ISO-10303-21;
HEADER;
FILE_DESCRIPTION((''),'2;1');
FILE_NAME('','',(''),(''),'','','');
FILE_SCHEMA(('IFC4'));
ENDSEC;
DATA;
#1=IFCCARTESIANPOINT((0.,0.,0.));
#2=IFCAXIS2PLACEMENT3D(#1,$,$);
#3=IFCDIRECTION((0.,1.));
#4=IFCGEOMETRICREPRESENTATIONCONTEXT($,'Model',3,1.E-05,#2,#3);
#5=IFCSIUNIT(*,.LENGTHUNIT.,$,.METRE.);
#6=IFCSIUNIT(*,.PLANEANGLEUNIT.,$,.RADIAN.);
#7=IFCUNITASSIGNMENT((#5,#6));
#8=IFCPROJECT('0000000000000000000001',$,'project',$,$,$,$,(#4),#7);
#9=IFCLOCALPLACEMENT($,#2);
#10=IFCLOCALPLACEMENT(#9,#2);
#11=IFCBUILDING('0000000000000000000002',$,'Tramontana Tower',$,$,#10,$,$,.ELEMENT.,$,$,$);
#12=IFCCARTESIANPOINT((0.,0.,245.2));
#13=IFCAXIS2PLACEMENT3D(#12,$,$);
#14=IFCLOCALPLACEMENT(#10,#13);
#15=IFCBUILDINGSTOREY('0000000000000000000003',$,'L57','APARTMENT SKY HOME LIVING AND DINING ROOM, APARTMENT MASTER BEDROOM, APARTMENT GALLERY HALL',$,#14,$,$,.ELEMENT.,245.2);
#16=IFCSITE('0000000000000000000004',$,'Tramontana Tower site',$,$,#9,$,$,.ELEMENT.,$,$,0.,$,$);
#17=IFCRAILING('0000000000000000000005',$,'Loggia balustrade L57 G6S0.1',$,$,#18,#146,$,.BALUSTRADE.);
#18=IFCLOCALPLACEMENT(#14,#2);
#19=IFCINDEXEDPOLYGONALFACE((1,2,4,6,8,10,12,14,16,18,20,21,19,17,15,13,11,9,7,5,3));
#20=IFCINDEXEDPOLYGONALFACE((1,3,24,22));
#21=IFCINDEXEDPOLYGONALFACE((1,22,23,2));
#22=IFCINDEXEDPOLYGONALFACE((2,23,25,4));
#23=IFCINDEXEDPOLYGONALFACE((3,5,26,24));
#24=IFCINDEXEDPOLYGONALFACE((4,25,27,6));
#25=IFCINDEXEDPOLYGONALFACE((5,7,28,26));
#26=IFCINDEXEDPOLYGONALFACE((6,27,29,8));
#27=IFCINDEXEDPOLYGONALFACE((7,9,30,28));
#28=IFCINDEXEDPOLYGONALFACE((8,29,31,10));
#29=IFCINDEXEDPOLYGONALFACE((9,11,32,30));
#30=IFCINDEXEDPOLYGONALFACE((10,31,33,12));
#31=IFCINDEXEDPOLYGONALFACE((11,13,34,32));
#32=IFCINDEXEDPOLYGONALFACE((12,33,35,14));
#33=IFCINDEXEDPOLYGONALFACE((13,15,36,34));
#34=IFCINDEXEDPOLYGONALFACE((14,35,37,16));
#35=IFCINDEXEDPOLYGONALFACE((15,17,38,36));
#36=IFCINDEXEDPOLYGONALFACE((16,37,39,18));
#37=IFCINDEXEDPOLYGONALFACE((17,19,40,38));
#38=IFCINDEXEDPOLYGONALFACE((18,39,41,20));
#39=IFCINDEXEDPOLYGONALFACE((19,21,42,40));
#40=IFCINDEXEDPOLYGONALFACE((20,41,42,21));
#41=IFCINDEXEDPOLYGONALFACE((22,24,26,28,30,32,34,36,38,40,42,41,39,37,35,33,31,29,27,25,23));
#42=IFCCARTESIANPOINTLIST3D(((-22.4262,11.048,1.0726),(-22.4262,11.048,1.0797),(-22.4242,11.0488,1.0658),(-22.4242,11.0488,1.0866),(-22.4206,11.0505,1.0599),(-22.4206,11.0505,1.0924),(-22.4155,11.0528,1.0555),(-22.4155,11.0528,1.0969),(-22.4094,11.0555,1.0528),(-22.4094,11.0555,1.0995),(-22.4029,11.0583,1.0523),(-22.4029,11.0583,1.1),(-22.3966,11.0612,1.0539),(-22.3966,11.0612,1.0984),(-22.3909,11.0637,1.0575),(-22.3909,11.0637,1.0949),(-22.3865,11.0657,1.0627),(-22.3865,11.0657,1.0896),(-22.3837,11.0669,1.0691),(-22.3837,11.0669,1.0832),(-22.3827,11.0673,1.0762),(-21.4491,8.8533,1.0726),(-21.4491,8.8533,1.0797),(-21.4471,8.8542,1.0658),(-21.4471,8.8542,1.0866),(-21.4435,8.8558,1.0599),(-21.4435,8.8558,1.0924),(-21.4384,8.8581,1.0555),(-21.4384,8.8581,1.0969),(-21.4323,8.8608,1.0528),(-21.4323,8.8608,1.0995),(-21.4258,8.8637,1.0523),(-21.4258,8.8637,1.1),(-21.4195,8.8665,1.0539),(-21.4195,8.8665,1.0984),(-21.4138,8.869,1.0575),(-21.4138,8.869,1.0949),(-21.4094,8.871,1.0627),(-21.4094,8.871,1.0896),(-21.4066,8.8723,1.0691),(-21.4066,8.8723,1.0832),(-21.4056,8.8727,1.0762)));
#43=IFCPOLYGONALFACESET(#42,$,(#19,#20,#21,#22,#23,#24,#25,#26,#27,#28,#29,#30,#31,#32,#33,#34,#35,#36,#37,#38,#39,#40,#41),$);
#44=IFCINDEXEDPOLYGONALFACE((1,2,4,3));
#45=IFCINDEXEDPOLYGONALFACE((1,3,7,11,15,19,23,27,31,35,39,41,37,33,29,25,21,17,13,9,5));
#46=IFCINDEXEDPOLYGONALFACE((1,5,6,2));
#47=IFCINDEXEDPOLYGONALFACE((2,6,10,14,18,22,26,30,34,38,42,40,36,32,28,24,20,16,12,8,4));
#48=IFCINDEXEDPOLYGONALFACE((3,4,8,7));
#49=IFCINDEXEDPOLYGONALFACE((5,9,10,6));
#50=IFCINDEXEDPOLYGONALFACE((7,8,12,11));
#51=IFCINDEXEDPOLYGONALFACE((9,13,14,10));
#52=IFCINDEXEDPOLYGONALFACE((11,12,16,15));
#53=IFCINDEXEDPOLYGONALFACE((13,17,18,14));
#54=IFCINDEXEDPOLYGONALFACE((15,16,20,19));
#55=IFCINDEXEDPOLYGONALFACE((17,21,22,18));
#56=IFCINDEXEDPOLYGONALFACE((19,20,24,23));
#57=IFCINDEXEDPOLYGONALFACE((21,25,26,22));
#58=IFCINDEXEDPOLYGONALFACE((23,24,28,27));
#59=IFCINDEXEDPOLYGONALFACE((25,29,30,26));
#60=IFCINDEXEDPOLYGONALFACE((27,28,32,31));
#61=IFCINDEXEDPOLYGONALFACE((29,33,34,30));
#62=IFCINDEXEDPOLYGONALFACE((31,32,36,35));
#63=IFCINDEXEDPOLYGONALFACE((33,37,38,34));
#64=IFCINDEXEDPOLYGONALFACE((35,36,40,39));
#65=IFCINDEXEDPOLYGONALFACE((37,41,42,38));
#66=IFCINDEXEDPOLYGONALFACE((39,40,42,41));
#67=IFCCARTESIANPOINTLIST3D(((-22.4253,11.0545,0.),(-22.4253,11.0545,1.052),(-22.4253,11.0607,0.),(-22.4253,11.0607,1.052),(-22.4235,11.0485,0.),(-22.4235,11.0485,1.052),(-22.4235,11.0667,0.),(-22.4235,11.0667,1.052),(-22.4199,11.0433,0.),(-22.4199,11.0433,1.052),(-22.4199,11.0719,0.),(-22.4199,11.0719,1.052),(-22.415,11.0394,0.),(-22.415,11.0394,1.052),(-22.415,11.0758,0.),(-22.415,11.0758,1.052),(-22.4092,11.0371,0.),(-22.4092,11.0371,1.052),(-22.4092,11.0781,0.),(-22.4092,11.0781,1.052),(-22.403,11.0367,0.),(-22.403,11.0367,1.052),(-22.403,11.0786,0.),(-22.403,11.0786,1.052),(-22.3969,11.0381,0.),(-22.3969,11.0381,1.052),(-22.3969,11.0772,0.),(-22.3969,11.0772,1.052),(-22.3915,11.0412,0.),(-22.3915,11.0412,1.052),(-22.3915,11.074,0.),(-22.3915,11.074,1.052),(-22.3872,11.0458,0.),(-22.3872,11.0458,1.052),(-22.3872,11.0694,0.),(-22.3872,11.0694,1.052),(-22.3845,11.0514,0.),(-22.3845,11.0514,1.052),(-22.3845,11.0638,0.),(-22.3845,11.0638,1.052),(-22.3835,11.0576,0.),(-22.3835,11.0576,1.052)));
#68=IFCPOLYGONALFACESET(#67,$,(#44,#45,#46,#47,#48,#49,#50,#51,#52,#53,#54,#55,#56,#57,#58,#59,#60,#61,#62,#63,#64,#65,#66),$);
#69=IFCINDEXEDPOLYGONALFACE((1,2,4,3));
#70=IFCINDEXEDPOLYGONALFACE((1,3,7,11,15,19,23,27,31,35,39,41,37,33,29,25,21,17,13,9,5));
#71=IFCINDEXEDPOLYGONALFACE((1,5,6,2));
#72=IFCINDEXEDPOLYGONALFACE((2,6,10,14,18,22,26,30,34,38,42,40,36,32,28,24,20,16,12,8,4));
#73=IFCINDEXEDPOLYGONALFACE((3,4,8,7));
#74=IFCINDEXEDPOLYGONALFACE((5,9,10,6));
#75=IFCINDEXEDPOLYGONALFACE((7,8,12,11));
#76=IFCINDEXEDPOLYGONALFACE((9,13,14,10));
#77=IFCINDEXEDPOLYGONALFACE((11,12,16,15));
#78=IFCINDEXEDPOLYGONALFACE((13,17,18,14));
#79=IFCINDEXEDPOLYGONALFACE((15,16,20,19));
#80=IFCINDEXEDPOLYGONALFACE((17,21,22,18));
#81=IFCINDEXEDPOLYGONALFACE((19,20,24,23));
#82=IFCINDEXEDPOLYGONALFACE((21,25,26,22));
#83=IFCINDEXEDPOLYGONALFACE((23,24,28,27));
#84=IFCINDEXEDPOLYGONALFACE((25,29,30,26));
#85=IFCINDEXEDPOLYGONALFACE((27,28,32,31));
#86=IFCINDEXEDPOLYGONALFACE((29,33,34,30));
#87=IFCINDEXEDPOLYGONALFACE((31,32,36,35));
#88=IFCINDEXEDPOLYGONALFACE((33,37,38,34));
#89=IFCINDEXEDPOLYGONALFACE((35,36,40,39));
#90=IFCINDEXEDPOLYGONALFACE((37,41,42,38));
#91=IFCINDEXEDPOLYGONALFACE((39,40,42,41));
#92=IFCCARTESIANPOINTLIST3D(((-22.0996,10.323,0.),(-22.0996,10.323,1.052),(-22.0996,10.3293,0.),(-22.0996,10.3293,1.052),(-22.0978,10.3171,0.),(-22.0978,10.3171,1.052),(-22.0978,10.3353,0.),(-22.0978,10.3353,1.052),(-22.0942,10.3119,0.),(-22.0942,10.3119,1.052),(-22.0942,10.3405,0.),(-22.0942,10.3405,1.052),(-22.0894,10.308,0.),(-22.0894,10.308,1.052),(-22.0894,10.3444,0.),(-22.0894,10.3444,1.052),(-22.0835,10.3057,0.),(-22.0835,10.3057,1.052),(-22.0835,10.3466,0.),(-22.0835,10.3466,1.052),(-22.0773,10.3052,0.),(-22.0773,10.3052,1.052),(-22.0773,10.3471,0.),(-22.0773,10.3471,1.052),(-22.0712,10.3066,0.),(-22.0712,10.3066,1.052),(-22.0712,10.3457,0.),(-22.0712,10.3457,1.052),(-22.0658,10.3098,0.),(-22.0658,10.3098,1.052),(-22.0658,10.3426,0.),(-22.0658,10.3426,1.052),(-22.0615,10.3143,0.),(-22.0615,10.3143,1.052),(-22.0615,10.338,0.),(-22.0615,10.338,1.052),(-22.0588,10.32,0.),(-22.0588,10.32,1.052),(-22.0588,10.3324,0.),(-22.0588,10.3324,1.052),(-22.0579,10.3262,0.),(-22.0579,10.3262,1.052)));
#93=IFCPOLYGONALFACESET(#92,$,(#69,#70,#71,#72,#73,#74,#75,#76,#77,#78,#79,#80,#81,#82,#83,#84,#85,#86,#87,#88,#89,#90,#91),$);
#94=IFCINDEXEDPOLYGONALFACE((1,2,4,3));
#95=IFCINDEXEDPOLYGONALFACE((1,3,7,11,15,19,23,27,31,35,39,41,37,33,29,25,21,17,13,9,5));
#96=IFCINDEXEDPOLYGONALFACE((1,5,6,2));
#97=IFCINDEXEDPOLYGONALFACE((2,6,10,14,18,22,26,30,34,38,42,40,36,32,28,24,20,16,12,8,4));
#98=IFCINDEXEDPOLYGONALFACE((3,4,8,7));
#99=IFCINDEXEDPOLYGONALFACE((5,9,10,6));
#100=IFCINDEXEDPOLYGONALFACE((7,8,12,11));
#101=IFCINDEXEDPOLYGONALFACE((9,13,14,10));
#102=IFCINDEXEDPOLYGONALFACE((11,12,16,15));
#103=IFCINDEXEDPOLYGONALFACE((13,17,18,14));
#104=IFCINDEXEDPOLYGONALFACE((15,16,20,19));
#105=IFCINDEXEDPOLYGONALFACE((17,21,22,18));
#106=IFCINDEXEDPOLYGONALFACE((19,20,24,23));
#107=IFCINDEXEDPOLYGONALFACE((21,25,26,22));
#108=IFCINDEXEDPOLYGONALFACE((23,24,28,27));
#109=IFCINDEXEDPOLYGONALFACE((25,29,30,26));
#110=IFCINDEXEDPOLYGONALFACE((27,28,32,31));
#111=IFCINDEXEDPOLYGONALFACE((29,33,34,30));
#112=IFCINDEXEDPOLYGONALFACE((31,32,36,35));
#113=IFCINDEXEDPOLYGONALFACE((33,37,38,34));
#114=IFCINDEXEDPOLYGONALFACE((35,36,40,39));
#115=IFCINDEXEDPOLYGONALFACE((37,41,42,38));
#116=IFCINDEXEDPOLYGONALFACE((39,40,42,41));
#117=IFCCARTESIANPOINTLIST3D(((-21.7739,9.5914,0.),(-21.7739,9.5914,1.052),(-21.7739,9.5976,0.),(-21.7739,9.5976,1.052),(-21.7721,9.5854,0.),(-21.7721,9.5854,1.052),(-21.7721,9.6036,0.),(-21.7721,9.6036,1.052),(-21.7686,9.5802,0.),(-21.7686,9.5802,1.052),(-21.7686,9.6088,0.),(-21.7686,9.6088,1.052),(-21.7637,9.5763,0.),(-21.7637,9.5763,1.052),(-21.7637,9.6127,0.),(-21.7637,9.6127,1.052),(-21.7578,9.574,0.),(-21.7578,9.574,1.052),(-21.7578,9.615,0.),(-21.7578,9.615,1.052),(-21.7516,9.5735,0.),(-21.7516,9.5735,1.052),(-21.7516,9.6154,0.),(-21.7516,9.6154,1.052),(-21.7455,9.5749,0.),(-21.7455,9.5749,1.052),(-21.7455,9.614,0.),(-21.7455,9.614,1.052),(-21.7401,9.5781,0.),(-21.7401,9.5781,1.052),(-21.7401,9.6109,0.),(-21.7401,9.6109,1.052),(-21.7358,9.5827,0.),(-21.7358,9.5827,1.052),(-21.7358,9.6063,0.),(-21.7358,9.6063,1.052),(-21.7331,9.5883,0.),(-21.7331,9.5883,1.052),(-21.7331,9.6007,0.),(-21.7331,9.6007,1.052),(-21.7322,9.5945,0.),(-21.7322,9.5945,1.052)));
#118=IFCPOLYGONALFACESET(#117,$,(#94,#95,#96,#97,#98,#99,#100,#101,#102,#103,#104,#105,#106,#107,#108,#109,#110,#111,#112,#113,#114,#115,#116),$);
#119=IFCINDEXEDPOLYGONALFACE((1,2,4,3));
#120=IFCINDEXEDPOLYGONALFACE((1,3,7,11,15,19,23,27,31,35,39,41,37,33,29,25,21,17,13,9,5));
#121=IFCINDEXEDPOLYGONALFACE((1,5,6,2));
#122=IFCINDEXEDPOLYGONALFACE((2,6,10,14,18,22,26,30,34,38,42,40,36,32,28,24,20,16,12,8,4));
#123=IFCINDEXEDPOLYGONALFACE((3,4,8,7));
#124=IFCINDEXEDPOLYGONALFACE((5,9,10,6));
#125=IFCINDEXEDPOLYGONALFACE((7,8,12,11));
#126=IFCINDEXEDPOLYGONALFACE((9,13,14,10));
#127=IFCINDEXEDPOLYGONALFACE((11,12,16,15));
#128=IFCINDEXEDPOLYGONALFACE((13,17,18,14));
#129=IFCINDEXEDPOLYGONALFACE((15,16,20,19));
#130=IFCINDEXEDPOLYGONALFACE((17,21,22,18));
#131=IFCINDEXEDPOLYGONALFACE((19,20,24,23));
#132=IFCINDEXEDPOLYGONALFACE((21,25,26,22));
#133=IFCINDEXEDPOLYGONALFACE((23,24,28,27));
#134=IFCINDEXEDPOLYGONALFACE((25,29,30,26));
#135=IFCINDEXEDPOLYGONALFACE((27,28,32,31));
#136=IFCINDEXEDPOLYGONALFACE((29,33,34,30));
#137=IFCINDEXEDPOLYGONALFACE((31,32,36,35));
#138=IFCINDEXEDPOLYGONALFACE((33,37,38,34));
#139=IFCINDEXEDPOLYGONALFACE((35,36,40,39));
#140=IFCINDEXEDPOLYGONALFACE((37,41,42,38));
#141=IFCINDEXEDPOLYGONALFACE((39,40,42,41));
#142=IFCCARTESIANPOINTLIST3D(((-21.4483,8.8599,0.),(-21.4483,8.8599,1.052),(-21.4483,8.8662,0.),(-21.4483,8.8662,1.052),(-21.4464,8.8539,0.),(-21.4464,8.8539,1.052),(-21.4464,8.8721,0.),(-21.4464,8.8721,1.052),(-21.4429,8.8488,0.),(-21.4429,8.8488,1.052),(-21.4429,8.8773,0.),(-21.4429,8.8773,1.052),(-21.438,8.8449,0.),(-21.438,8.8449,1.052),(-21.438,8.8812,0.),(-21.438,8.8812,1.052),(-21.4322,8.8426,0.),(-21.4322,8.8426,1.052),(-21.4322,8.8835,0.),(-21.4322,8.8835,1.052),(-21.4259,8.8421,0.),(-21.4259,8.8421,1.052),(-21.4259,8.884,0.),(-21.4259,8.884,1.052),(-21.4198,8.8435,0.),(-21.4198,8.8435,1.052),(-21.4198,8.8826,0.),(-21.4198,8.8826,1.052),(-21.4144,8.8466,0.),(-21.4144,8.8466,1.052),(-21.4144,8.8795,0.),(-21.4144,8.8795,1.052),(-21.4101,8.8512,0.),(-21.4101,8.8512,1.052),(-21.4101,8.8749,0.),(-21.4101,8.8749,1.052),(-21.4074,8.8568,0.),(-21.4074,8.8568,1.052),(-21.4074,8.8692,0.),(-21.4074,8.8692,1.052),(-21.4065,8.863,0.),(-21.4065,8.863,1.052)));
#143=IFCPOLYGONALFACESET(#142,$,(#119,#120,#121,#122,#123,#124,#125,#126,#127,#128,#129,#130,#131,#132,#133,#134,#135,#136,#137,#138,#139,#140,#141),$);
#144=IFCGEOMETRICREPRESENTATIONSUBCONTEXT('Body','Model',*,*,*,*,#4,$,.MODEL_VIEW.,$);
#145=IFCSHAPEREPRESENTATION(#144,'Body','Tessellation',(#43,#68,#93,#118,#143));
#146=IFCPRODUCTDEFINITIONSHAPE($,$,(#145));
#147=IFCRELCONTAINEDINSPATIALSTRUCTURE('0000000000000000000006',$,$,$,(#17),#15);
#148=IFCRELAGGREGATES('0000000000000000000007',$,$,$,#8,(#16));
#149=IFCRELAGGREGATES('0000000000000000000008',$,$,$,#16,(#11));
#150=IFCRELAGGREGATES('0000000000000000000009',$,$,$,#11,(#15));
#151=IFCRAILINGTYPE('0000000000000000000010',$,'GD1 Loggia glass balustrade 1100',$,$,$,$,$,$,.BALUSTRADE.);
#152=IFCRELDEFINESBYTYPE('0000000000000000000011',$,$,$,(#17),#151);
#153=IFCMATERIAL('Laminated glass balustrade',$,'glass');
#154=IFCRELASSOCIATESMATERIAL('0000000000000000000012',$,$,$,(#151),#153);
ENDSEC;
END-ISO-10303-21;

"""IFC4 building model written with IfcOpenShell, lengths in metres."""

from ifc_helpers import new_model, si_unit, direction, frame, origin, origin_2d, place, context, subcontext, project, spatial, circle, extrude, material, type_object, element, save


model = new_model("IFC4")

# Units and contexts
model_context = context("Model", 3, precision=1e-05, world=origin(), true_north=direction((0.0, 1.0)))
body_context = subcontext(model_context, "Body", "Model", "MODEL_VIEW")
ifc_project = project(units=[si_unit("LENGTHUNIT", "METRE"), si_unit("PLANEANGLEUNIT", "RADIAN")], contexts=[model_context])

# Site, building, storey
site_placement = place(None, origin())
site = spatial("IfcSite", under=ifc_project, at=site_placement, Name="Tramontana Tower site", CompositionType="ELEMENT", RefElevation=0.0)
building_placement = place(site_placement, origin())
building = spatial("IfcBuilding", under=site, at=building_placement, Name="Tramontana Tower", CompositionType="ELEMENT")
storey_placement = place(building_placement, frame((0.0, 0.0, 245.2)))
storey = spatial("IfcBuildingStorey", under=building, at=storey_placement, Name="L57", Description="APARTMENT SKY HOME LIVING AND DINING ROOM, APARTMENT MASTER BEDROOM, APARTMENT GALLERY HALL", CompositionType="ELEMENT", Elevation=245.2)

# Railing
ifc_material_1 = material(Name="Laminated glass balustrade", Category="glass")
railing_type = type_object("IfcRailingType", Name="GD1 Loggia glass balustrade 1100", PredefinedType="BALUSTRADE", material=ifc_material_1)
railing_placement = place(storey_placement, frame((-22.4045, 11.0576, 0.0)))
element("IfcRailing", 1, at=railing_placement, inside=storey, type_object=railing_type, Name="Loggia balustrade L57 G6S0.1", PredefinedType="BALUSTRADE", context=body_context, shape_type="SweptSolid", body=[
    extrude(circle(Radius=0.0239, at=origin_2d()), frame((0.0, 0.0, 1.0762), z_axis=(0.406723, -0.913552, 0.0), x_axis=(0.913552, 0.406723, 0.0)), (0.0, 0.0, 1.0), 2.4023),
    extrude(circle(Radius=0.021, at=origin_2d()), origin(), (0.0, 0.0, 1.0), 1.052),
    extrude(circle(Radius=0.021, at=origin_2d()), frame((0.3257, -0.7314, 0.0)), (0.0, 0.0, 1.0), 1.052),
    extrude(circle(Radius=0.021, at=origin_2d()), frame((0.6514, -1.4631, 0.0)), (0.0, 0.0, 1.0), 1.052),
    extrude(circle(Radius=0.021, at=origin_2d()), frame((0.9771, -2.1946, 0.0)), (0.0, 0.0, 1.0), 1.052),
])

save(model, "model.ifc")
